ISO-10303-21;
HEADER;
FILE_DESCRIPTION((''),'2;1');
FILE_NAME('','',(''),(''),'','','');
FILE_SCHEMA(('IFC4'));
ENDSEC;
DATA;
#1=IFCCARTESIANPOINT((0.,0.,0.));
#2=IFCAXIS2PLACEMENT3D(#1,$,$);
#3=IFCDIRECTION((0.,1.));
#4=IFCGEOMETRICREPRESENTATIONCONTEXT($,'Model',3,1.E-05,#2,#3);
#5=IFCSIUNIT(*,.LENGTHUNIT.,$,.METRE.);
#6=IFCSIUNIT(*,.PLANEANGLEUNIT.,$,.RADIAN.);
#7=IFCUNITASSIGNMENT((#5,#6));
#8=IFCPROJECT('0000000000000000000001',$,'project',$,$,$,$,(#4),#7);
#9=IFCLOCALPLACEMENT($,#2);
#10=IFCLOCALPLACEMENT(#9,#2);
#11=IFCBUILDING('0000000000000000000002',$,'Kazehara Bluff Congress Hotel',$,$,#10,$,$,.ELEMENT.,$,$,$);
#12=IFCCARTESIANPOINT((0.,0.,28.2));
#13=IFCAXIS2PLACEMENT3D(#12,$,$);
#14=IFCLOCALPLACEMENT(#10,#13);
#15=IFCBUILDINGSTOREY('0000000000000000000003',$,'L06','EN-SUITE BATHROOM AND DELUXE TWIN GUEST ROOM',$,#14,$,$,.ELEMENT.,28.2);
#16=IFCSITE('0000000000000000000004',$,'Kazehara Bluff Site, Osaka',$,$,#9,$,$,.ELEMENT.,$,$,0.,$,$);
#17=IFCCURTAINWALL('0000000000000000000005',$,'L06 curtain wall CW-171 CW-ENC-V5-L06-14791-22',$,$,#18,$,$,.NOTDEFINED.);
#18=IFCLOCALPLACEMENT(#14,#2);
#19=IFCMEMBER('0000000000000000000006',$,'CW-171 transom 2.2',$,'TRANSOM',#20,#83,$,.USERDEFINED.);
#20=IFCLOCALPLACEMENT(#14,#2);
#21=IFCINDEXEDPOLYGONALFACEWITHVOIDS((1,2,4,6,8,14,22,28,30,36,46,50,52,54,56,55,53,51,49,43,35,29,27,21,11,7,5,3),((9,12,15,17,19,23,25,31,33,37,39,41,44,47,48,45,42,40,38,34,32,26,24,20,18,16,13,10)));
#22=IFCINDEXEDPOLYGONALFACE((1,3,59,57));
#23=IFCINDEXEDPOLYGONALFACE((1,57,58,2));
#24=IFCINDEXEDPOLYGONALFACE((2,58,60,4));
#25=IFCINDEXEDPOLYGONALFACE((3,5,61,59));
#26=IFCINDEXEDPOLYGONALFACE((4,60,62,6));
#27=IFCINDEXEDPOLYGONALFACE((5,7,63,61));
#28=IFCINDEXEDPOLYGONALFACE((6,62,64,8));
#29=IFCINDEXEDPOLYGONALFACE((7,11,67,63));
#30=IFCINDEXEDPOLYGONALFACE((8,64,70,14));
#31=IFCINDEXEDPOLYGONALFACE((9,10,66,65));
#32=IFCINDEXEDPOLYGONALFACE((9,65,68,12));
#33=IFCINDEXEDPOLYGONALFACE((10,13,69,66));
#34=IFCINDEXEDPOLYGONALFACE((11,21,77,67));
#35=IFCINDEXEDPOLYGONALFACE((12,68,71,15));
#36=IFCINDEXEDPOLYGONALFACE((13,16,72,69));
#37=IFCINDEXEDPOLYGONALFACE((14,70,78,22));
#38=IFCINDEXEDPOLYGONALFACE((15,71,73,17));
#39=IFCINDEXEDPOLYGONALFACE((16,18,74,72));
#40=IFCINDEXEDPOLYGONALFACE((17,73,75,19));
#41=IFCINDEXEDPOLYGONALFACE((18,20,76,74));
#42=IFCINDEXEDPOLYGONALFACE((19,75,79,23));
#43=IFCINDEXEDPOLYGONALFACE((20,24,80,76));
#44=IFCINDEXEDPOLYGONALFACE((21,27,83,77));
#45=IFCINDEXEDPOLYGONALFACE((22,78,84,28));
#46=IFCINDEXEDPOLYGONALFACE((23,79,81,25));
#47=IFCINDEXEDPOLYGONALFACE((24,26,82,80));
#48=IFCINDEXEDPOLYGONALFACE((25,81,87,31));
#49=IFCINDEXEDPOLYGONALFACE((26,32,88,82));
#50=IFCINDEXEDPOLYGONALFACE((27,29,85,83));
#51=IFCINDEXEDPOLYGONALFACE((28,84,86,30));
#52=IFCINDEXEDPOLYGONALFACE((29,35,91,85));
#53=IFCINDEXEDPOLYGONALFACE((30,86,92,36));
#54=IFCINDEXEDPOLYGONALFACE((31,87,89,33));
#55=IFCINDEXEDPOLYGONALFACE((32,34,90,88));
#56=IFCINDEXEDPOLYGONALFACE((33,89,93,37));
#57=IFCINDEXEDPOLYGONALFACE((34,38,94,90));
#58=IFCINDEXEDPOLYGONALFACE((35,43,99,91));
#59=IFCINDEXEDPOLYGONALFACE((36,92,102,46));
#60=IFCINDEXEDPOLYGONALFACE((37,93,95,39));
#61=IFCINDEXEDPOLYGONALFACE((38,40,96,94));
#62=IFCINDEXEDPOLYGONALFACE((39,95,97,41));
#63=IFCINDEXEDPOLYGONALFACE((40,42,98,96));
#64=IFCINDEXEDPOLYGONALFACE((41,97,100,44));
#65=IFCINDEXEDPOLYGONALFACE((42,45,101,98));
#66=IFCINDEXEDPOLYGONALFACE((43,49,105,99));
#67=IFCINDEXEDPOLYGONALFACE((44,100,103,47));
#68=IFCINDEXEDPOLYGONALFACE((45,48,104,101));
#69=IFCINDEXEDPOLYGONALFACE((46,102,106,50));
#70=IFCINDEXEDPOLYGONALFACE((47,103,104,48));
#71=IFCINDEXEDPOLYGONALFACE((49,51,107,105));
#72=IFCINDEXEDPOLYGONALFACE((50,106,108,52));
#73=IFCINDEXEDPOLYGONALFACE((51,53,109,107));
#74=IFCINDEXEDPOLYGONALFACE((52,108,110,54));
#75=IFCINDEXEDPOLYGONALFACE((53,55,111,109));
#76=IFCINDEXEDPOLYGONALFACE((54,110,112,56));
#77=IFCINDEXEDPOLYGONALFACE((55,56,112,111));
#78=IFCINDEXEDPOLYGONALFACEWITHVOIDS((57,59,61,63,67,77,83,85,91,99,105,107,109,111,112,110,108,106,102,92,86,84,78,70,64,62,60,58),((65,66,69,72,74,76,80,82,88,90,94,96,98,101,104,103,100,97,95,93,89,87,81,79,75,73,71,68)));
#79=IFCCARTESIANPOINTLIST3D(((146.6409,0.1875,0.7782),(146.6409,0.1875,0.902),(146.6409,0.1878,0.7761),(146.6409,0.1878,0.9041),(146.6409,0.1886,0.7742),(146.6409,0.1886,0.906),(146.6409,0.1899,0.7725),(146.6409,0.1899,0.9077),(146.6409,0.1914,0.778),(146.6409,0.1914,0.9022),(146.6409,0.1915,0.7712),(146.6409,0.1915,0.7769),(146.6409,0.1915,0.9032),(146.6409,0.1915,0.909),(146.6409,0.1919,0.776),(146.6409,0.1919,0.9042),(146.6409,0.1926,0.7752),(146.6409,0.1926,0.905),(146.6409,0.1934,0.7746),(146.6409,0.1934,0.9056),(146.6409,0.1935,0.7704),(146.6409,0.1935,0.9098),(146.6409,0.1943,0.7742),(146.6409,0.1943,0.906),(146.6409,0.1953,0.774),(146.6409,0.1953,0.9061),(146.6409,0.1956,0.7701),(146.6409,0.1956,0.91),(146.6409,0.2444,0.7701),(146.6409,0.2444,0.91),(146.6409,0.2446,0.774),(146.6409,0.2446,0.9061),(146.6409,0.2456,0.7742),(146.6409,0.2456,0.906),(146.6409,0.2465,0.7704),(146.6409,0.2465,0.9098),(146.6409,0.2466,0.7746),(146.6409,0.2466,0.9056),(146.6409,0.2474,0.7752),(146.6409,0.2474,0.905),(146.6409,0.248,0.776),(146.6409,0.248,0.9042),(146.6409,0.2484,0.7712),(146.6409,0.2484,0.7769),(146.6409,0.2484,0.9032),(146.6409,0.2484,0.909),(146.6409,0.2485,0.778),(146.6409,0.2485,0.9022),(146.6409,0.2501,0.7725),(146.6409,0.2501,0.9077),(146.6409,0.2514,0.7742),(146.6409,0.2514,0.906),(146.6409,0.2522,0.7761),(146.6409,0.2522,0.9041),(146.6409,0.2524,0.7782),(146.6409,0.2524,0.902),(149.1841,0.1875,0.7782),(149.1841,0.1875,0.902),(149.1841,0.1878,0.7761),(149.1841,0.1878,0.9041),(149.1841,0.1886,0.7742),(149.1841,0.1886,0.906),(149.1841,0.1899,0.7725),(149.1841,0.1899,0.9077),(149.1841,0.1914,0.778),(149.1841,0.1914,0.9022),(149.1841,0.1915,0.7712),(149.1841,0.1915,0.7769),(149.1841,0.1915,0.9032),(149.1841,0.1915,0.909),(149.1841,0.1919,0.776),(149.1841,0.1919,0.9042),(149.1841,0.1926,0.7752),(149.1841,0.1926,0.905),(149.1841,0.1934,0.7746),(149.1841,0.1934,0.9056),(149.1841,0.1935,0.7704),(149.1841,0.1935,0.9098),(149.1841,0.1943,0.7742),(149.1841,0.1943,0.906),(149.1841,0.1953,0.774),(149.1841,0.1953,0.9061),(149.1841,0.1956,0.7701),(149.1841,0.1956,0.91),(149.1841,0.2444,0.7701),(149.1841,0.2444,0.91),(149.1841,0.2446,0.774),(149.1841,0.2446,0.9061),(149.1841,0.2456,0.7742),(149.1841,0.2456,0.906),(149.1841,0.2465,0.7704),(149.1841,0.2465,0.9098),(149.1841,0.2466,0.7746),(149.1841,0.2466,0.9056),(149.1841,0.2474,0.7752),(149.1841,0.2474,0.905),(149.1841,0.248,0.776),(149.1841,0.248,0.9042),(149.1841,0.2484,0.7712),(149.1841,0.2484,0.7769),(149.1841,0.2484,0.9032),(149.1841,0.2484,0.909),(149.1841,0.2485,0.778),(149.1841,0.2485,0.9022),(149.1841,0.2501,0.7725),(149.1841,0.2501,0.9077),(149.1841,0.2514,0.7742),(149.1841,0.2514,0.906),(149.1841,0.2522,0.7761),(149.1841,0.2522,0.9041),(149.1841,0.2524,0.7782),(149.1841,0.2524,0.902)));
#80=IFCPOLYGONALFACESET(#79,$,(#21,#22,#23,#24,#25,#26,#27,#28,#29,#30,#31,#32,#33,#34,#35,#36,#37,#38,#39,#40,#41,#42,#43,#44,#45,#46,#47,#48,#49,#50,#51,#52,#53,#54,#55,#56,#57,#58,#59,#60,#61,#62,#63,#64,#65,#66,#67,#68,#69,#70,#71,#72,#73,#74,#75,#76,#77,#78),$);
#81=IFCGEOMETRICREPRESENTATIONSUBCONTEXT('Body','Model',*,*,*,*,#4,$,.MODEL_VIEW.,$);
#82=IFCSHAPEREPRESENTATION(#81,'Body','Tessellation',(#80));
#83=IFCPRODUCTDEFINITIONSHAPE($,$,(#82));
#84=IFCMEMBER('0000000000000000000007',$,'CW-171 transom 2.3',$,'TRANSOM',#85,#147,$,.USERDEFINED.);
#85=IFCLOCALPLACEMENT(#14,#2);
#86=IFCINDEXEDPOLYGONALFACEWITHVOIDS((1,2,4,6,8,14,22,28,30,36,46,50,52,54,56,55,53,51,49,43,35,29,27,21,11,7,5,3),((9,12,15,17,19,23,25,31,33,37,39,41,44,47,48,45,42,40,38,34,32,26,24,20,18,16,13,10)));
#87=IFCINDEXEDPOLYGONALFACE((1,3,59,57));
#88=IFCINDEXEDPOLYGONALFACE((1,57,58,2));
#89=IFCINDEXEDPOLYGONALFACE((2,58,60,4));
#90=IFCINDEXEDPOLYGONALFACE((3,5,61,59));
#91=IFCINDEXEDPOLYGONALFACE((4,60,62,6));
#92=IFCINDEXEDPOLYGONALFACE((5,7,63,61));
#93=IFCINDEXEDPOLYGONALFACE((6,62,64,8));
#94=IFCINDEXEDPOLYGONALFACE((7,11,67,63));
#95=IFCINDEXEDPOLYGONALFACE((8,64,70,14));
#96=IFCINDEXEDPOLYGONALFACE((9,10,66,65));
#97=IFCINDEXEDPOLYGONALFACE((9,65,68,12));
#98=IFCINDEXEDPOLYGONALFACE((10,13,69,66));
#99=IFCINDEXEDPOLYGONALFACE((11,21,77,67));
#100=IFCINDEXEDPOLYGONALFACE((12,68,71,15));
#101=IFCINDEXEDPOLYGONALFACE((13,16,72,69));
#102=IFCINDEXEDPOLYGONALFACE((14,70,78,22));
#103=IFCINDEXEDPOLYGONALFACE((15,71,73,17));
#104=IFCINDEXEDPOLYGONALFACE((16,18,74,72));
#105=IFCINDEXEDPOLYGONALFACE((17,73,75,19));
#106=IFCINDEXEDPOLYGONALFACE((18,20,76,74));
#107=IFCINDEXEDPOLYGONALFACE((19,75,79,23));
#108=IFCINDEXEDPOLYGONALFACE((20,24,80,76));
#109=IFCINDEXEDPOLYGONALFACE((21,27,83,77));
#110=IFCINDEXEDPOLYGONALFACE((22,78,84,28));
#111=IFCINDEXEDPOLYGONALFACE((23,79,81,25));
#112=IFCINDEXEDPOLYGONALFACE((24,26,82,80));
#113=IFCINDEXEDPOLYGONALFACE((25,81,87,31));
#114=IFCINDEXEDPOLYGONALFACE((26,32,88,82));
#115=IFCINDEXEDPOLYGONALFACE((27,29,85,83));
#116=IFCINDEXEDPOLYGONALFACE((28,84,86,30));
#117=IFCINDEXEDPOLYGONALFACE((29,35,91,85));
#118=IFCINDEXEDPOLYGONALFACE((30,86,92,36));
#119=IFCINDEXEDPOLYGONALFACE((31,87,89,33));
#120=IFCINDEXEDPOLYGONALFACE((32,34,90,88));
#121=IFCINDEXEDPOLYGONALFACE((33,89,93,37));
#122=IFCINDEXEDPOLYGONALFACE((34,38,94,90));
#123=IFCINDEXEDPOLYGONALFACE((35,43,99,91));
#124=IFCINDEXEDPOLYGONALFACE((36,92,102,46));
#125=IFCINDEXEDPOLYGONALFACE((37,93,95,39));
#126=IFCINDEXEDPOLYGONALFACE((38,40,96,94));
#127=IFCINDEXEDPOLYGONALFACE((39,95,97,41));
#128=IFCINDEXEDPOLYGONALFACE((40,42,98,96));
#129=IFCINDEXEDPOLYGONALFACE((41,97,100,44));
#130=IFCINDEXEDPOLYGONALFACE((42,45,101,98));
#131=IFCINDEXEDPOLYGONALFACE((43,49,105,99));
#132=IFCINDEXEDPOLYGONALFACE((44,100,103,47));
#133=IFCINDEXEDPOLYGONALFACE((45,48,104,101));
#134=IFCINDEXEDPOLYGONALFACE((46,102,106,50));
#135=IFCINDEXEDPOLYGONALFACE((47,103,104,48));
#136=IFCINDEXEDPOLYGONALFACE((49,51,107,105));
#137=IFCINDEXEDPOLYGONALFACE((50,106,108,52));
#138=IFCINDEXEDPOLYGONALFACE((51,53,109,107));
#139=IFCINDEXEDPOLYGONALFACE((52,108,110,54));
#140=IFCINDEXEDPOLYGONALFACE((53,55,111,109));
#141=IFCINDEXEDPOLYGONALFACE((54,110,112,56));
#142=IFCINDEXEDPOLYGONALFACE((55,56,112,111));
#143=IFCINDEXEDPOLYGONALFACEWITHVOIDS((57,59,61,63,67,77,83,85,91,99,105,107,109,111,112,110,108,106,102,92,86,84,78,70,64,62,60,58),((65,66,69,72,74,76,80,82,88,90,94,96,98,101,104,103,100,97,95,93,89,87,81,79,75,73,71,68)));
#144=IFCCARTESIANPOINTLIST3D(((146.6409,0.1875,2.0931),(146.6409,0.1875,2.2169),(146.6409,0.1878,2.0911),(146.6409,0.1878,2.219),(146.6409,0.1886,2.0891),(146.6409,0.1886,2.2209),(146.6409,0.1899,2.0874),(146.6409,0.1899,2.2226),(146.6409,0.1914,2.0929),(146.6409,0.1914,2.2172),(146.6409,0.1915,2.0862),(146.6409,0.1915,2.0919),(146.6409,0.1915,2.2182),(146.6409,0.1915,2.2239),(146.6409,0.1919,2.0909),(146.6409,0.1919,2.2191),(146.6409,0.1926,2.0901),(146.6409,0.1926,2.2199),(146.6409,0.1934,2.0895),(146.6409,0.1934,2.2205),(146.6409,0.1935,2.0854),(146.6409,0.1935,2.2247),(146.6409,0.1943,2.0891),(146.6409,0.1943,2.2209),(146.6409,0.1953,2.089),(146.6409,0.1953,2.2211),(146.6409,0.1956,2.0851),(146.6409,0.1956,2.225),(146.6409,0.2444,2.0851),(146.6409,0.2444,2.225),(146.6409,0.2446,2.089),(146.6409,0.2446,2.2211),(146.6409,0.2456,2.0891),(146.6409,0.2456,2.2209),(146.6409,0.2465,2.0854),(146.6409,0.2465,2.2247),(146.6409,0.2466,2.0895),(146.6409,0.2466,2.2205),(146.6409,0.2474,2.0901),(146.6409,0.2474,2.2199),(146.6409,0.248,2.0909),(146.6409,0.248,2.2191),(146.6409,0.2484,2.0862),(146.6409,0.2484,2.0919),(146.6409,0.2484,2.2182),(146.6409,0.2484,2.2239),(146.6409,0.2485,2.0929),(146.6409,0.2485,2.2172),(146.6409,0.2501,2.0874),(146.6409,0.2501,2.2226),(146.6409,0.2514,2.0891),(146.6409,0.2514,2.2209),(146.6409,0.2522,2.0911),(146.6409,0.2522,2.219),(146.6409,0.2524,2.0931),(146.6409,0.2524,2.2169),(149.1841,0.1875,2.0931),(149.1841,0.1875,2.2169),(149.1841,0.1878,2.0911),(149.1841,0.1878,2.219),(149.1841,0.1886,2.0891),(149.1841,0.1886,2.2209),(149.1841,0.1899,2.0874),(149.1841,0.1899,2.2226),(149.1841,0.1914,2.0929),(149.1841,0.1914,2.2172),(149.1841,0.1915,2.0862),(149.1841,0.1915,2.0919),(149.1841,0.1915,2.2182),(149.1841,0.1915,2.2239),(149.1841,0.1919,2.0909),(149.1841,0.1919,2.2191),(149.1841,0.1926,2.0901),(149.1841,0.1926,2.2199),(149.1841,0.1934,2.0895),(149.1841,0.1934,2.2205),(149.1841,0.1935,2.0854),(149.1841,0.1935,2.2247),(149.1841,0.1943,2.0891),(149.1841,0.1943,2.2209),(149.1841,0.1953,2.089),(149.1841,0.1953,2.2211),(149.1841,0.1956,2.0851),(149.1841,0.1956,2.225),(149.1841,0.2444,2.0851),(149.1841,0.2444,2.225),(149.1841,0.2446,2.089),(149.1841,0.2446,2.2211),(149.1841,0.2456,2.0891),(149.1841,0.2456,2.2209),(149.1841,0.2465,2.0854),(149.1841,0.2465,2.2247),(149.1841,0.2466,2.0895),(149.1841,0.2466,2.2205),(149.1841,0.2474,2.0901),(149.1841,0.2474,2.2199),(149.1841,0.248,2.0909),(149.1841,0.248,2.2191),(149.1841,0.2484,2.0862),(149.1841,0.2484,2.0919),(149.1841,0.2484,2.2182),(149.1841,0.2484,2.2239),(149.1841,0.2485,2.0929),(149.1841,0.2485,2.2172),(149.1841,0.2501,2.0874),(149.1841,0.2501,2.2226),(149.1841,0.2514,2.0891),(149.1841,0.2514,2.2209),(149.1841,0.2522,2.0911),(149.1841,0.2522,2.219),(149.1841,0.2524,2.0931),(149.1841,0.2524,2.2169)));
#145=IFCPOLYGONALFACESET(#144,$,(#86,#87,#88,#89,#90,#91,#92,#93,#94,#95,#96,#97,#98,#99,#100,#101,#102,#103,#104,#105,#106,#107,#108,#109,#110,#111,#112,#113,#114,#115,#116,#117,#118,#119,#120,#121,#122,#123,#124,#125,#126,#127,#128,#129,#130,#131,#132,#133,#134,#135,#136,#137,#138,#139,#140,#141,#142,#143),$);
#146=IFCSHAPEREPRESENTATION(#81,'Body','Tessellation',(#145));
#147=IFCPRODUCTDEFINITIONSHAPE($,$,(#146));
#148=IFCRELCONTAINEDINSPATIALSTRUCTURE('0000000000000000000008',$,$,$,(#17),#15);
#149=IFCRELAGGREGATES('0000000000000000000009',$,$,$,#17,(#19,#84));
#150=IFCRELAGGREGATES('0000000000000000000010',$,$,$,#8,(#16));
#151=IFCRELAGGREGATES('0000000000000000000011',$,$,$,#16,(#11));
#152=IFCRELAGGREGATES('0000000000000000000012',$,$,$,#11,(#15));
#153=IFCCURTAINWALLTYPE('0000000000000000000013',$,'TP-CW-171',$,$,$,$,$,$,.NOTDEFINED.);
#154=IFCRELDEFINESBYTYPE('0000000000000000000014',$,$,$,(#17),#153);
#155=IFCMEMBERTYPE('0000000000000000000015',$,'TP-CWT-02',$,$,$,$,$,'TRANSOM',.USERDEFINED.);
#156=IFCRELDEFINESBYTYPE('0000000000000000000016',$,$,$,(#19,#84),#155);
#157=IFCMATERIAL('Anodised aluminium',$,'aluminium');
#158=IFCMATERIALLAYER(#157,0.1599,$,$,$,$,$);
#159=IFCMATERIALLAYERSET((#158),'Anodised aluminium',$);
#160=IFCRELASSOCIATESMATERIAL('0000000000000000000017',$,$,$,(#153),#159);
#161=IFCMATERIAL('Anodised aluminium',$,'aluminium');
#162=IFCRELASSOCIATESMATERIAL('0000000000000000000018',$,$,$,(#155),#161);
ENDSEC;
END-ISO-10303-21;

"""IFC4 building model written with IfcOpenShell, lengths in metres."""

from ifc_helpers import new_model, si_unit, direction, frame, origin, origin_2d, place, context, subcontext, project, spatial, hollow_rectangle, extrude, material, layer, layer_set, material_profile, profile_set, type_object, element, aggregate, save


model = new_model("IFC4")

# Units and contexts
model_context = context("Model", 3, precision=1e-05, world=origin(), true_north=direction((0.0, 1.0)))
body_context = subcontext(model_context, "Body", "Model", "MODEL_VIEW")
ifc_project = project(units=[si_unit("LENGTHUNIT", "METRE"), si_unit("PLANEANGLEUNIT", "RADIAN")], contexts=[model_context])

# Site, building, storey
site_placement = place(None, origin())
site = spatial("IfcSite", under=ifc_project, at=site_placement, Name="Kazehara Bluff Site, Osaka", CompositionType="ELEMENT", RefElevation=0.0)
building_placement = place(site_placement, origin())
building = spatial("IfcBuilding", under=site, at=building_placement, Name="Kazehara Bluff Congress Hotel", CompositionType="ELEMENT")
storey_placement = place(building_placement, frame((0.0, 0.0, 28.2)))
storey = spatial("IfcBuildingStorey", under=building, at=storey_placement, Name="L06", Description="EN-SUITE BATHROOM AND DELUXE TWIN GUEST ROOM", CompositionType="ELEMENT", Elevation=28.2)

# Curtain wall, members
ifc_material_1 = material(Name="Anodised aluminium", Category="aluminium")
ifc_layer_1 = layer(ifc_material_1, 0.1599)
ifc_layer_set_1 = layer_set([ifc_layer_1], Name="Anodised aluminium")
curtain_wall_type = type_object("IfcCurtainWallType", Name="TP-CW-171", PredefinedType="NOTDEFINED", material=ifc_layer_set_1)
curtain_wall_placement = place(storey_placement, origin())
curtain_wall = element("IfcCurtainWall", 1, at=curtain_wall_placement, inside=storey, type_object=curtain_wall_type, Name="L06 curtain wall CW-171 CW-ENC-V5-L06-14791-22", PredefinedType="NOTDEFINED")
ifc_material_2 = material(Name="Anodised aluminium", Category="aluminium")
ifc_material_profile_1 = material_profile(ifc_material_2, hollow_rectangle(XDim=0.0649, YDim=0.1399, WallThickness=0.0039, InnerFilletRadius=0.0039, OuterFilletRadius=0.0081, at=origin_2d()))
ifc_profile_set_1 = profile_set([ifc_material_profile_1], Name="Anodised aluminium")
member_type_1 = type_object("IfcMemberType", Name="TP-CWT-02", ElementType="TRANSOM", PredefinedType="USERDEFINED", material=ifc_profile_set_1)
member_1_placement = place(storey_placement, frame((149.1841, 0.22, 0.8401), z_axis=(-1.0, 0.0, 0.0), x_axis=(0.0, -1.0, 0.0)))
member_1 = element("IfcMember", 2, at=member_1_placement, type_object=member_type_1, Name="CW-171 transom 2.2", ObjectType="TRANSOM", PredefinedType="USERDEFINED", context=body_context, shape_type="SweptSolid", body=[
    extrude(hollow_rectangle(XDim=0.0649, YDim=0.1399, WallThickness=0.0039, InnerFilletRadius=0.0039, OuterFilletRadius=0.0081, at=origin_2d()), origin(), (0.0, 0.0, 1.0), 2.5432),
])
member_2_placement = place(storey_placement, frame((149.1841, 0.22, 2.155), z_axis=(-1.0, 0.0, 0.0), x_axis=(0.0, -1.0, 0.0)))
member_2 = element("IfcMember", 3, at=member_2_placement, type_object=member_type_1, Name="CW-171 transom 2.3", ObjectType="TRANSOM", PredefinedType="USERDEFINED", context=body_context, shape_type="SweptSolid", body=[
    extrude(hollow_rectangle(XDim=0.0649, YDim=0.1399, WallThickness=0.0039, InnerFilletRadius=0.0039, OuterFilletRadius=0.0081, at=origin_2d()), origin(), (0.0, 0.0, 1.0), 2.5432),
])
aggregate(curtain_wall, [member_1, member_2])

save(model, "model.ifc")
